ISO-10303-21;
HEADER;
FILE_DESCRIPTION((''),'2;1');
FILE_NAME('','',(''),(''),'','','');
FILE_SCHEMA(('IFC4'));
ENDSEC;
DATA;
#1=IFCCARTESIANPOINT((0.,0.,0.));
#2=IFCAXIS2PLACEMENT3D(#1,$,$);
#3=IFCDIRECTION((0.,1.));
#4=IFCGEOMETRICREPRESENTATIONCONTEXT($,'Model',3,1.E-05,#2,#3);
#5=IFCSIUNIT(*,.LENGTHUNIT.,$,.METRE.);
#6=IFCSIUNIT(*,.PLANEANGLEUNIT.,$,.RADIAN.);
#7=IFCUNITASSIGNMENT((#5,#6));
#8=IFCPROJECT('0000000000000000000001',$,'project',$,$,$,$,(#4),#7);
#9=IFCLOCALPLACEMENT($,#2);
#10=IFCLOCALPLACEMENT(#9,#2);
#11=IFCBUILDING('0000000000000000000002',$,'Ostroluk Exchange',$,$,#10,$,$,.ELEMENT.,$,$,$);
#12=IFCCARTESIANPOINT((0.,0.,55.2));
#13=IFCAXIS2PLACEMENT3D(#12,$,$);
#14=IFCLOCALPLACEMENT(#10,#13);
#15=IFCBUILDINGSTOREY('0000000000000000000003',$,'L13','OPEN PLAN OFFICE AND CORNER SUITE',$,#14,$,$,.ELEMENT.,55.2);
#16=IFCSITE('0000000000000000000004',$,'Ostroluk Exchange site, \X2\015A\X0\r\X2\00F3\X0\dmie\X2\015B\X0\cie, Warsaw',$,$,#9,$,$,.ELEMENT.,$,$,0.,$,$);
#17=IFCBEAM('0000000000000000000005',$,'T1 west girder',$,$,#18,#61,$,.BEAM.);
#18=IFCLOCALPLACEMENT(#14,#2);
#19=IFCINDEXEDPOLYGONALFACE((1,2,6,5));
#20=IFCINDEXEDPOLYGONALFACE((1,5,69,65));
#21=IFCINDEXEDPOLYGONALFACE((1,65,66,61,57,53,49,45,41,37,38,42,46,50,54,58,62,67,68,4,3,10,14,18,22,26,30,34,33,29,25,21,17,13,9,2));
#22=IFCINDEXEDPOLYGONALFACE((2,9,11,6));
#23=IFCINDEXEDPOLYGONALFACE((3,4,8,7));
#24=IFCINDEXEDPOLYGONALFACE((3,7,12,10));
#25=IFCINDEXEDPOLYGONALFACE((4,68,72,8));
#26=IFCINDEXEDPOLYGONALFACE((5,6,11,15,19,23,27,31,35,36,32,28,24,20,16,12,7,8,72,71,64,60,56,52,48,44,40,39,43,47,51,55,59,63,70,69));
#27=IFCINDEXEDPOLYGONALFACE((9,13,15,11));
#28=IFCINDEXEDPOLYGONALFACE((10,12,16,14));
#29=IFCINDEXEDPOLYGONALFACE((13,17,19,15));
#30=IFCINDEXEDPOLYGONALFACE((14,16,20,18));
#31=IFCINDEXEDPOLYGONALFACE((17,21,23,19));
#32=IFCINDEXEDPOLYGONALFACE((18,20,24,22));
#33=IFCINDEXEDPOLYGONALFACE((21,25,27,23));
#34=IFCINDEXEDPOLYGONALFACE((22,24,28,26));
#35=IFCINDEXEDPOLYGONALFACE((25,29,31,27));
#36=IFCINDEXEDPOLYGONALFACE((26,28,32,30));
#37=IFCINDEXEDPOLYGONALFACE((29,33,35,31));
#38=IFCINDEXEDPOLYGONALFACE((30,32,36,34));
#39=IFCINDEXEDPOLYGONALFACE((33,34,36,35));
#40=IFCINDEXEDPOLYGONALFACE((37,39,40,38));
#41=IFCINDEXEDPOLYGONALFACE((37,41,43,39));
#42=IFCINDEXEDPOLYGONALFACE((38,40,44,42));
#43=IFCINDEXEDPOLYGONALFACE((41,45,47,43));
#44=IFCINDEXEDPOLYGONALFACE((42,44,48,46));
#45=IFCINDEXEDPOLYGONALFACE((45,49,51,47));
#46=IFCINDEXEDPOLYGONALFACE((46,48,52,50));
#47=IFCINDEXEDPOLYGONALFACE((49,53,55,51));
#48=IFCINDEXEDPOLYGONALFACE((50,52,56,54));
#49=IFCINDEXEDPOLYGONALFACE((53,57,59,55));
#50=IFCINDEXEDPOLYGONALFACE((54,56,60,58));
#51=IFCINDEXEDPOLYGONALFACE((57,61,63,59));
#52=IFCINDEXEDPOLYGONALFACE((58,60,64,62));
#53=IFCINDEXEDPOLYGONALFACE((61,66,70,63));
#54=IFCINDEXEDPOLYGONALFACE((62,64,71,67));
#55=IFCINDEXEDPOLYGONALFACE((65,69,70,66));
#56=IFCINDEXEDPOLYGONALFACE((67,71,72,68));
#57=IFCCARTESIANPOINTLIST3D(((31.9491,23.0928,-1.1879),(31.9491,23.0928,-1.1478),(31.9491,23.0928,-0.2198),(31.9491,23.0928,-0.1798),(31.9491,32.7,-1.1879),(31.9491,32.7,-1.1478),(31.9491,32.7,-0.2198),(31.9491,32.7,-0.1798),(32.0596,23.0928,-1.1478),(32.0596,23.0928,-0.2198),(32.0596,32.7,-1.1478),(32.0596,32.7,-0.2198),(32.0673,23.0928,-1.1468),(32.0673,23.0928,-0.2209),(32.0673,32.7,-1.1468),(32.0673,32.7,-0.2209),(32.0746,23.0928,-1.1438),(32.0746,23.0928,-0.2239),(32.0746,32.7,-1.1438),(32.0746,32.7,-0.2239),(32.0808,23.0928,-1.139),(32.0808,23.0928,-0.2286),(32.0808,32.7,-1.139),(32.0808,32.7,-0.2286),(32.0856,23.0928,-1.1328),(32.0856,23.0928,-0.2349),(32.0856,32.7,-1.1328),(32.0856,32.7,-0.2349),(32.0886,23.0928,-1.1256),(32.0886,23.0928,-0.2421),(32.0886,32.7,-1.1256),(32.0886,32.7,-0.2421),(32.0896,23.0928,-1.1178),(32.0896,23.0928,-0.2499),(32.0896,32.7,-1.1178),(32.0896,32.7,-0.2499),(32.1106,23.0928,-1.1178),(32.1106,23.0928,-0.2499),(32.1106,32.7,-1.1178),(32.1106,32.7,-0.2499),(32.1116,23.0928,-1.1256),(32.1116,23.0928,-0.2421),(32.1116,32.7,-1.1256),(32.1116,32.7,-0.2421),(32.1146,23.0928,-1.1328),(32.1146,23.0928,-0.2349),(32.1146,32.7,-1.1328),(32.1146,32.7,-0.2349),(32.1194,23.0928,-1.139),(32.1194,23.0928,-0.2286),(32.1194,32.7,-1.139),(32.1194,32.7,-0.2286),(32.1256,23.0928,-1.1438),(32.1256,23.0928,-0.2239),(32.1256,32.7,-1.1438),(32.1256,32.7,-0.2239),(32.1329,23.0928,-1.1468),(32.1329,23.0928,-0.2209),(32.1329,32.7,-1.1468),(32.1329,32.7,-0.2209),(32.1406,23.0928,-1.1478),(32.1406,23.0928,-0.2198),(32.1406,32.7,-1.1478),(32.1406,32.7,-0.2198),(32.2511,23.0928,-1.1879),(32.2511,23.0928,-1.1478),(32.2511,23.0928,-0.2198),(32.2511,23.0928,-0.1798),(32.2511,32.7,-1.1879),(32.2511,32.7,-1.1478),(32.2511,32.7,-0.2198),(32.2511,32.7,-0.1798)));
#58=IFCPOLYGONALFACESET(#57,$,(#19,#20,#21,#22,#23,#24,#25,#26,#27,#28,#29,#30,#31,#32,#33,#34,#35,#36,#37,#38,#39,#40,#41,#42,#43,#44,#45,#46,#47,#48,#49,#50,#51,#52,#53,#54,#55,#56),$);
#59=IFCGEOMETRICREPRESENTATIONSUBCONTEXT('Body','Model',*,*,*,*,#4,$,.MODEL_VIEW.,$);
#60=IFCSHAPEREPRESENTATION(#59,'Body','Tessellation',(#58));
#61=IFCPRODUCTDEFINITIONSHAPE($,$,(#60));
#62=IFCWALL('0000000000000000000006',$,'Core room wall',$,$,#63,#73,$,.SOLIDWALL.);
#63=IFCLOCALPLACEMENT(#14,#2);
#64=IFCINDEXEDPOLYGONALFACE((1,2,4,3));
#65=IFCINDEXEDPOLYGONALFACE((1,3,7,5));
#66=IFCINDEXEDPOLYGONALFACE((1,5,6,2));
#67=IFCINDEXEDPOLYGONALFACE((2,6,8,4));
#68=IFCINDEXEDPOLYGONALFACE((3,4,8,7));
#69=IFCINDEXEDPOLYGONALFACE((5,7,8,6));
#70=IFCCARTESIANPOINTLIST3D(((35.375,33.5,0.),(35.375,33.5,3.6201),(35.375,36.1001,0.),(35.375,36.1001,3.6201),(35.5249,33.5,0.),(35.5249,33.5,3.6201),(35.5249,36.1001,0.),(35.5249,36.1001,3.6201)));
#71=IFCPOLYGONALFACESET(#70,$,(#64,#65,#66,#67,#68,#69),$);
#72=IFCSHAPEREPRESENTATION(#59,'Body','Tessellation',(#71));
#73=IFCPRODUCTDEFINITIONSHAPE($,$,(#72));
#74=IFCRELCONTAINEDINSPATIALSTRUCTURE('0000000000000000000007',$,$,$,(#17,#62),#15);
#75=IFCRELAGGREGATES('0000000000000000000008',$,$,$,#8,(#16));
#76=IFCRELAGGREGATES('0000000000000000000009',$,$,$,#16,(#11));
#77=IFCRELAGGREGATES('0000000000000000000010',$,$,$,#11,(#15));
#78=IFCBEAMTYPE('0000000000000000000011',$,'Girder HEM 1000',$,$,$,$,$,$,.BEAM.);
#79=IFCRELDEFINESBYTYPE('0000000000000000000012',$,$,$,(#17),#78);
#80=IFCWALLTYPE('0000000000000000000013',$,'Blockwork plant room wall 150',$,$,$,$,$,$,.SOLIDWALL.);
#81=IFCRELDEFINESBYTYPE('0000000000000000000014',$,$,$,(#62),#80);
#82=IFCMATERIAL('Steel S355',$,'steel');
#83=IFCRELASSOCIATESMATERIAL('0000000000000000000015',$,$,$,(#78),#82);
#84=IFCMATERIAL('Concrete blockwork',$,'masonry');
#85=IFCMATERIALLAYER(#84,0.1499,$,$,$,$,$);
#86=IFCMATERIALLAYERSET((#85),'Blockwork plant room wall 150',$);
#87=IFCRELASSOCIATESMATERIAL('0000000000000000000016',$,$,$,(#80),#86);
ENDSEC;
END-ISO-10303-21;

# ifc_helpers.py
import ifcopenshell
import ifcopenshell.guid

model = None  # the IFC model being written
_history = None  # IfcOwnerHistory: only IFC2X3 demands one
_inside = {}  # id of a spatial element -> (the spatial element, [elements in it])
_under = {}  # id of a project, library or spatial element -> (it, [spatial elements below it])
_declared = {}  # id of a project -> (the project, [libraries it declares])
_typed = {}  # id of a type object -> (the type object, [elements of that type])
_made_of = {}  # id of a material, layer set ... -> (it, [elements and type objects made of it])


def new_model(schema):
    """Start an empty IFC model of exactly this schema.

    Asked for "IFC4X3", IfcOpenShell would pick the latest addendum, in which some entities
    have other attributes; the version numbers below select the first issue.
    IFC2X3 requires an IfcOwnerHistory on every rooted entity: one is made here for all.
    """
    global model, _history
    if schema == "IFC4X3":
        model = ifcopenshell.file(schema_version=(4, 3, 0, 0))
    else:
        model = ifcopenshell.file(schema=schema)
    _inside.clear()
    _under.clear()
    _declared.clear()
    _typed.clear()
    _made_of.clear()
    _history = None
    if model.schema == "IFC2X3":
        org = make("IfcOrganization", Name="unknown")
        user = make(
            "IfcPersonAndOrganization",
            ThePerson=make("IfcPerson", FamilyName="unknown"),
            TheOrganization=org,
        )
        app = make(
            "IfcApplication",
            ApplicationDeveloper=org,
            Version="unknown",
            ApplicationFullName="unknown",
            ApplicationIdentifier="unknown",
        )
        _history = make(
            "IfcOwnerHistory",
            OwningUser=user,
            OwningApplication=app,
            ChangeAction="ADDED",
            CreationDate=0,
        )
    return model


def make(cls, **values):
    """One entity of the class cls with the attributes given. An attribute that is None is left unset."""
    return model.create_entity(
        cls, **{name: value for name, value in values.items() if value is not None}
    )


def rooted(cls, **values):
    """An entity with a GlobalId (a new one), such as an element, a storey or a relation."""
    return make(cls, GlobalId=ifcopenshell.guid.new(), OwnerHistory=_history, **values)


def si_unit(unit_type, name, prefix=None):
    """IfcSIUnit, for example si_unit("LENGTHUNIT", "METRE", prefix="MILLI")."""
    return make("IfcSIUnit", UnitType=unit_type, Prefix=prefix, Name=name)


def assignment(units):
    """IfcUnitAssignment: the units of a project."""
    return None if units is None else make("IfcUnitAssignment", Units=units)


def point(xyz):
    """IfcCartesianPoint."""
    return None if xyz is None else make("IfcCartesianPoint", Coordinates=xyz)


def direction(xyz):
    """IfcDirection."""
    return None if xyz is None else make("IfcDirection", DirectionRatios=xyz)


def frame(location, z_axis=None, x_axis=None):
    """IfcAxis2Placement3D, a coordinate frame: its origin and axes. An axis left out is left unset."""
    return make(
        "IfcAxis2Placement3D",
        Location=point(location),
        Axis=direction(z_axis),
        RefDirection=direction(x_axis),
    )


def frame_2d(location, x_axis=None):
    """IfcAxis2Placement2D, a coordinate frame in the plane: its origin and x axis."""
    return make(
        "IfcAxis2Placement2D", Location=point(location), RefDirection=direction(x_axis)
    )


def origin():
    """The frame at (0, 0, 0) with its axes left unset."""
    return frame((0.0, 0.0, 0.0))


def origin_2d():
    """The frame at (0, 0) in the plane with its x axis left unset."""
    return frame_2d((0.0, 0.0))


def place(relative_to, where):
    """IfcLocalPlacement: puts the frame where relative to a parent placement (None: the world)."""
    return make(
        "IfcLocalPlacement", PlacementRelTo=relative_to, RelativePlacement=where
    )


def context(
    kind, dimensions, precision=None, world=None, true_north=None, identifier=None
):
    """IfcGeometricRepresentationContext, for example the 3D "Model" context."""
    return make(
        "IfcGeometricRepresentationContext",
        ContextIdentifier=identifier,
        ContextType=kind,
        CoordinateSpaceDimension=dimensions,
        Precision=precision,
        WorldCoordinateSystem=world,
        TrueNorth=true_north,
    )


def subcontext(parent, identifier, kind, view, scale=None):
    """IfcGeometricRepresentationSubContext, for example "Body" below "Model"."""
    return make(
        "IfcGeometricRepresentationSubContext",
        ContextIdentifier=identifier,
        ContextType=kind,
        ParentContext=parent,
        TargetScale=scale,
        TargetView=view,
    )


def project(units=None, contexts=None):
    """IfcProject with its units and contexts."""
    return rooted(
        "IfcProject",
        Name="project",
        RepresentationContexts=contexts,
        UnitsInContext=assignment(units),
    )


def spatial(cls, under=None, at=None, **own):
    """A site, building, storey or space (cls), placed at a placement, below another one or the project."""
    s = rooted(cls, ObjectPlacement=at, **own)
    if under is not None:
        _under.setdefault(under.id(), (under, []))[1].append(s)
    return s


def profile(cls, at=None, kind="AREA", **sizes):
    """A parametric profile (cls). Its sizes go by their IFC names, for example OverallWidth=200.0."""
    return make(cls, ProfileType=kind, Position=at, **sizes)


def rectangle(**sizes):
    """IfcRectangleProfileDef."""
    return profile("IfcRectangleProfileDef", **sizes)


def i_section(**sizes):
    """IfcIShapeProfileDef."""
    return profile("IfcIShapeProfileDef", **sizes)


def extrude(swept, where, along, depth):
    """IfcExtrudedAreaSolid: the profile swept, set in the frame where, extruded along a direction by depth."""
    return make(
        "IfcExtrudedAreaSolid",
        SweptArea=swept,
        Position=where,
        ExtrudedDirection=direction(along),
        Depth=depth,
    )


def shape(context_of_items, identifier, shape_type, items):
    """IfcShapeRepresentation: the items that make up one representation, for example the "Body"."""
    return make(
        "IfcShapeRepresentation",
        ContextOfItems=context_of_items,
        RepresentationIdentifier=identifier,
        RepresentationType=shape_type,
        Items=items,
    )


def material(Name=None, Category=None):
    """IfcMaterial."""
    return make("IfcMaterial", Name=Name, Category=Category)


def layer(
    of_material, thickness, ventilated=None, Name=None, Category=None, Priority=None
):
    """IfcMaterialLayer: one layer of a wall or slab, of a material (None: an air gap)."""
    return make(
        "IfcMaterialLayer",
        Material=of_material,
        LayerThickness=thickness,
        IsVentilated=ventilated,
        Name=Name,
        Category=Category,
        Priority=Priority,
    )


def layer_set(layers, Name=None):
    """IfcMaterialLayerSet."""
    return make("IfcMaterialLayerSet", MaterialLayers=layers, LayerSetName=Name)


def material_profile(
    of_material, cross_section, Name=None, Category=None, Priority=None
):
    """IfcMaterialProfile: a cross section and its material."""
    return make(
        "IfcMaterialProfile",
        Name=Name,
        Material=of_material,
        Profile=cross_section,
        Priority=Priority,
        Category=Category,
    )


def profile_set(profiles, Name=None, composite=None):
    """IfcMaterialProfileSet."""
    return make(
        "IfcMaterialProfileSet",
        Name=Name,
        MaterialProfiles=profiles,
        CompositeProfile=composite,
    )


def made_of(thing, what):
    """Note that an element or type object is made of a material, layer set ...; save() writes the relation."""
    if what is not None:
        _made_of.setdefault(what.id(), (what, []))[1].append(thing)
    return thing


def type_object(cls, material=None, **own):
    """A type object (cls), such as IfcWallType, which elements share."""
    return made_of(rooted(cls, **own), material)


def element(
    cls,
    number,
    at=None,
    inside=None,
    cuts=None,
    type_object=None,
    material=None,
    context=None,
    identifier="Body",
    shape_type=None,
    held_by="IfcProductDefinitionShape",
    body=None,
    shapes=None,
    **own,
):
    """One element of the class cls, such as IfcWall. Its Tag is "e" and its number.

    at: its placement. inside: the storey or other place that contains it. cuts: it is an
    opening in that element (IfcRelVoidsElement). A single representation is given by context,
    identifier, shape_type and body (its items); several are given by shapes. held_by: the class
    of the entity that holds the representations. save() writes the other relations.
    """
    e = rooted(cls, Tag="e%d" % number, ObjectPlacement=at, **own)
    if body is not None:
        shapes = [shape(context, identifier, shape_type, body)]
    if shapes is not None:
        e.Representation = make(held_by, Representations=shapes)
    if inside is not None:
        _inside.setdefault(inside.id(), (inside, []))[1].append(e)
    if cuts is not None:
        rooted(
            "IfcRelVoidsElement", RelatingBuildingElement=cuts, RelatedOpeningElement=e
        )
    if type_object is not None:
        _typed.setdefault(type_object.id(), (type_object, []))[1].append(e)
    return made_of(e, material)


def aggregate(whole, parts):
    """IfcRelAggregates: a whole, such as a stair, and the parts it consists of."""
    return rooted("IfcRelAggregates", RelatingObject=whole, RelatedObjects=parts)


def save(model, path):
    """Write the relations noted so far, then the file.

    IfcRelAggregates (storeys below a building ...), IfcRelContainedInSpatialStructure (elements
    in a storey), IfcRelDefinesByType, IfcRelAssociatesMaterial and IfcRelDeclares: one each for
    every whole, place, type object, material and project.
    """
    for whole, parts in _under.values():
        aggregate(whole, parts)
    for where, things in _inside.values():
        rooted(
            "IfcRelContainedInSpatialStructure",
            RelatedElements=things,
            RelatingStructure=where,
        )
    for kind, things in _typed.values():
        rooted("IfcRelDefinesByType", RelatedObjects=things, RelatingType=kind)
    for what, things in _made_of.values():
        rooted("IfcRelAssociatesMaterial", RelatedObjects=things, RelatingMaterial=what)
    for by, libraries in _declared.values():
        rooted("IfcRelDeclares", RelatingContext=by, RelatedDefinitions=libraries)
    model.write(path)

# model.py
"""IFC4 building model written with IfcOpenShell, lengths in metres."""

from ifc_helpers import new_model, si_unit, direction, frame, frame_2d, origin, origin_2d, place, context, subcontext, project, spatial, rectangle, i_section, extrude, material, layer, layer_set, material_profile, profile_set, type_object, element, save


model = new_model("IFC4")

# Units and contexts
model_context = context("Model", 3, precision=1e-05, world=origin(), true_north=direction((0.0, 1.0)))
body_context = subcontext(model_context, "Body", "Model", "MODEL_VIEW")
ifc_project = project(units=[si_unit("LENGTHUNIT", "METRE"), si_unit("PLANEANGLEUNIT", "RADIAN")], contexts=[model_context])

# Site, building, storey
site_placement = place(None, origin())
site = spatial("IfcSite", under=ifc_project, at=site_placement, Name="Ostroluk Exchange site, Śródmieście, Warsaw", CompositionType="ELEMENT", RefElevation=0.0)
building_placement = place(site_placement, origin())
building = spatial("IfcBuilding", under=site, at=building_placement, Name="Ostroluk Exchange", CompositionType="ELEMENT")
storey_placement = place(building_placement, frame((0.0, 0.0, 55.2)))
storey = spatial("IfcBuildingStorey", under=building, at=storey_placement, Name="L13", Description="OPEN PLAN OFFICE AND CORNER SUITE", CompositionType="ELEMENT", Elevation=55.2)

# Beam
ifc_material_1 = material(Name="Steel S355", Category="steel")
ifc_material_profile_1 = material_profile(ifc_material_1, i_section(OverallWidth=0.302, OverallDepth=1.0081, WebThickness=0.021, FlangeThickness=0.04, FilletRadius=0.03, at=origin_2d()), Name="HEM 1000")
ifc_profile_set_1 = profile_set([ifc_material_profile_1], Name="Steel S355")
beam_type_1 = type_object("IfcBeamType", Name="Girder HEM 1000", PredefinedType="BEAM", material=ifc_profile_set_1)
beam_1_placement = place(storey_placement, frame((32.1001, 32.7, -0.6838), z_axis=(0.0, -1.0, 0.0), x_axis=(1.0, 0.0, 0.0)))
element("IfcBeam", 1, at=beam_1_placement, inside=storey, type_object=beam_type_1, Name="T1 west girder", PredefinedType="BEAM", context=body_context, shape_type="SweptSolid", body=[
    extrude(i_section(OverallWidth=0.302, OverallDepth=1.0081, WebThickness=0.021, FlangeThickness=0.04, FilletRadius=0.03, at=origin_2d()), origin(), (0.0, 0.0, 1.0), 9.6072),
])

# Wall
ifc_material_2 = material(Name="Concrete blockwork", Category="masonry")
ifc_layer_1 = layer(ifc_material_2, 0.1499)
ifc_layer_set_1 = layer_set([ifc_layer_1], Name="Blockwork plant room wall 150")
wall_type_1 = type_object("IfcWallType", Name="Blockwork plant room wall 150", PredefinedType="SOLIDWALL", material=ifc_layer_set_1)
wall_1_placement = place(storey_placement, frame((35.45, 33.5, 0.0), z_axis=(0.0, 0.0, 1.0), x_axis=(0.0, 1.0, 0.0)))
element("IfcWall", 2, at=wall_1_placement, inside=storey, type_object=wall_type_1, Name="Core room wall", PredefinedType="SOLIDWALL", context=body_context, shape_type="SweptSolid", body=[
    extrude(rectangle(XDim=2.6001, YDim=0.1499, at=frame_2d((1.3, 0.0))), origin(), (0.0, 0.0, 1.0), 3.6201),
])

save(model, "model.ifc")
